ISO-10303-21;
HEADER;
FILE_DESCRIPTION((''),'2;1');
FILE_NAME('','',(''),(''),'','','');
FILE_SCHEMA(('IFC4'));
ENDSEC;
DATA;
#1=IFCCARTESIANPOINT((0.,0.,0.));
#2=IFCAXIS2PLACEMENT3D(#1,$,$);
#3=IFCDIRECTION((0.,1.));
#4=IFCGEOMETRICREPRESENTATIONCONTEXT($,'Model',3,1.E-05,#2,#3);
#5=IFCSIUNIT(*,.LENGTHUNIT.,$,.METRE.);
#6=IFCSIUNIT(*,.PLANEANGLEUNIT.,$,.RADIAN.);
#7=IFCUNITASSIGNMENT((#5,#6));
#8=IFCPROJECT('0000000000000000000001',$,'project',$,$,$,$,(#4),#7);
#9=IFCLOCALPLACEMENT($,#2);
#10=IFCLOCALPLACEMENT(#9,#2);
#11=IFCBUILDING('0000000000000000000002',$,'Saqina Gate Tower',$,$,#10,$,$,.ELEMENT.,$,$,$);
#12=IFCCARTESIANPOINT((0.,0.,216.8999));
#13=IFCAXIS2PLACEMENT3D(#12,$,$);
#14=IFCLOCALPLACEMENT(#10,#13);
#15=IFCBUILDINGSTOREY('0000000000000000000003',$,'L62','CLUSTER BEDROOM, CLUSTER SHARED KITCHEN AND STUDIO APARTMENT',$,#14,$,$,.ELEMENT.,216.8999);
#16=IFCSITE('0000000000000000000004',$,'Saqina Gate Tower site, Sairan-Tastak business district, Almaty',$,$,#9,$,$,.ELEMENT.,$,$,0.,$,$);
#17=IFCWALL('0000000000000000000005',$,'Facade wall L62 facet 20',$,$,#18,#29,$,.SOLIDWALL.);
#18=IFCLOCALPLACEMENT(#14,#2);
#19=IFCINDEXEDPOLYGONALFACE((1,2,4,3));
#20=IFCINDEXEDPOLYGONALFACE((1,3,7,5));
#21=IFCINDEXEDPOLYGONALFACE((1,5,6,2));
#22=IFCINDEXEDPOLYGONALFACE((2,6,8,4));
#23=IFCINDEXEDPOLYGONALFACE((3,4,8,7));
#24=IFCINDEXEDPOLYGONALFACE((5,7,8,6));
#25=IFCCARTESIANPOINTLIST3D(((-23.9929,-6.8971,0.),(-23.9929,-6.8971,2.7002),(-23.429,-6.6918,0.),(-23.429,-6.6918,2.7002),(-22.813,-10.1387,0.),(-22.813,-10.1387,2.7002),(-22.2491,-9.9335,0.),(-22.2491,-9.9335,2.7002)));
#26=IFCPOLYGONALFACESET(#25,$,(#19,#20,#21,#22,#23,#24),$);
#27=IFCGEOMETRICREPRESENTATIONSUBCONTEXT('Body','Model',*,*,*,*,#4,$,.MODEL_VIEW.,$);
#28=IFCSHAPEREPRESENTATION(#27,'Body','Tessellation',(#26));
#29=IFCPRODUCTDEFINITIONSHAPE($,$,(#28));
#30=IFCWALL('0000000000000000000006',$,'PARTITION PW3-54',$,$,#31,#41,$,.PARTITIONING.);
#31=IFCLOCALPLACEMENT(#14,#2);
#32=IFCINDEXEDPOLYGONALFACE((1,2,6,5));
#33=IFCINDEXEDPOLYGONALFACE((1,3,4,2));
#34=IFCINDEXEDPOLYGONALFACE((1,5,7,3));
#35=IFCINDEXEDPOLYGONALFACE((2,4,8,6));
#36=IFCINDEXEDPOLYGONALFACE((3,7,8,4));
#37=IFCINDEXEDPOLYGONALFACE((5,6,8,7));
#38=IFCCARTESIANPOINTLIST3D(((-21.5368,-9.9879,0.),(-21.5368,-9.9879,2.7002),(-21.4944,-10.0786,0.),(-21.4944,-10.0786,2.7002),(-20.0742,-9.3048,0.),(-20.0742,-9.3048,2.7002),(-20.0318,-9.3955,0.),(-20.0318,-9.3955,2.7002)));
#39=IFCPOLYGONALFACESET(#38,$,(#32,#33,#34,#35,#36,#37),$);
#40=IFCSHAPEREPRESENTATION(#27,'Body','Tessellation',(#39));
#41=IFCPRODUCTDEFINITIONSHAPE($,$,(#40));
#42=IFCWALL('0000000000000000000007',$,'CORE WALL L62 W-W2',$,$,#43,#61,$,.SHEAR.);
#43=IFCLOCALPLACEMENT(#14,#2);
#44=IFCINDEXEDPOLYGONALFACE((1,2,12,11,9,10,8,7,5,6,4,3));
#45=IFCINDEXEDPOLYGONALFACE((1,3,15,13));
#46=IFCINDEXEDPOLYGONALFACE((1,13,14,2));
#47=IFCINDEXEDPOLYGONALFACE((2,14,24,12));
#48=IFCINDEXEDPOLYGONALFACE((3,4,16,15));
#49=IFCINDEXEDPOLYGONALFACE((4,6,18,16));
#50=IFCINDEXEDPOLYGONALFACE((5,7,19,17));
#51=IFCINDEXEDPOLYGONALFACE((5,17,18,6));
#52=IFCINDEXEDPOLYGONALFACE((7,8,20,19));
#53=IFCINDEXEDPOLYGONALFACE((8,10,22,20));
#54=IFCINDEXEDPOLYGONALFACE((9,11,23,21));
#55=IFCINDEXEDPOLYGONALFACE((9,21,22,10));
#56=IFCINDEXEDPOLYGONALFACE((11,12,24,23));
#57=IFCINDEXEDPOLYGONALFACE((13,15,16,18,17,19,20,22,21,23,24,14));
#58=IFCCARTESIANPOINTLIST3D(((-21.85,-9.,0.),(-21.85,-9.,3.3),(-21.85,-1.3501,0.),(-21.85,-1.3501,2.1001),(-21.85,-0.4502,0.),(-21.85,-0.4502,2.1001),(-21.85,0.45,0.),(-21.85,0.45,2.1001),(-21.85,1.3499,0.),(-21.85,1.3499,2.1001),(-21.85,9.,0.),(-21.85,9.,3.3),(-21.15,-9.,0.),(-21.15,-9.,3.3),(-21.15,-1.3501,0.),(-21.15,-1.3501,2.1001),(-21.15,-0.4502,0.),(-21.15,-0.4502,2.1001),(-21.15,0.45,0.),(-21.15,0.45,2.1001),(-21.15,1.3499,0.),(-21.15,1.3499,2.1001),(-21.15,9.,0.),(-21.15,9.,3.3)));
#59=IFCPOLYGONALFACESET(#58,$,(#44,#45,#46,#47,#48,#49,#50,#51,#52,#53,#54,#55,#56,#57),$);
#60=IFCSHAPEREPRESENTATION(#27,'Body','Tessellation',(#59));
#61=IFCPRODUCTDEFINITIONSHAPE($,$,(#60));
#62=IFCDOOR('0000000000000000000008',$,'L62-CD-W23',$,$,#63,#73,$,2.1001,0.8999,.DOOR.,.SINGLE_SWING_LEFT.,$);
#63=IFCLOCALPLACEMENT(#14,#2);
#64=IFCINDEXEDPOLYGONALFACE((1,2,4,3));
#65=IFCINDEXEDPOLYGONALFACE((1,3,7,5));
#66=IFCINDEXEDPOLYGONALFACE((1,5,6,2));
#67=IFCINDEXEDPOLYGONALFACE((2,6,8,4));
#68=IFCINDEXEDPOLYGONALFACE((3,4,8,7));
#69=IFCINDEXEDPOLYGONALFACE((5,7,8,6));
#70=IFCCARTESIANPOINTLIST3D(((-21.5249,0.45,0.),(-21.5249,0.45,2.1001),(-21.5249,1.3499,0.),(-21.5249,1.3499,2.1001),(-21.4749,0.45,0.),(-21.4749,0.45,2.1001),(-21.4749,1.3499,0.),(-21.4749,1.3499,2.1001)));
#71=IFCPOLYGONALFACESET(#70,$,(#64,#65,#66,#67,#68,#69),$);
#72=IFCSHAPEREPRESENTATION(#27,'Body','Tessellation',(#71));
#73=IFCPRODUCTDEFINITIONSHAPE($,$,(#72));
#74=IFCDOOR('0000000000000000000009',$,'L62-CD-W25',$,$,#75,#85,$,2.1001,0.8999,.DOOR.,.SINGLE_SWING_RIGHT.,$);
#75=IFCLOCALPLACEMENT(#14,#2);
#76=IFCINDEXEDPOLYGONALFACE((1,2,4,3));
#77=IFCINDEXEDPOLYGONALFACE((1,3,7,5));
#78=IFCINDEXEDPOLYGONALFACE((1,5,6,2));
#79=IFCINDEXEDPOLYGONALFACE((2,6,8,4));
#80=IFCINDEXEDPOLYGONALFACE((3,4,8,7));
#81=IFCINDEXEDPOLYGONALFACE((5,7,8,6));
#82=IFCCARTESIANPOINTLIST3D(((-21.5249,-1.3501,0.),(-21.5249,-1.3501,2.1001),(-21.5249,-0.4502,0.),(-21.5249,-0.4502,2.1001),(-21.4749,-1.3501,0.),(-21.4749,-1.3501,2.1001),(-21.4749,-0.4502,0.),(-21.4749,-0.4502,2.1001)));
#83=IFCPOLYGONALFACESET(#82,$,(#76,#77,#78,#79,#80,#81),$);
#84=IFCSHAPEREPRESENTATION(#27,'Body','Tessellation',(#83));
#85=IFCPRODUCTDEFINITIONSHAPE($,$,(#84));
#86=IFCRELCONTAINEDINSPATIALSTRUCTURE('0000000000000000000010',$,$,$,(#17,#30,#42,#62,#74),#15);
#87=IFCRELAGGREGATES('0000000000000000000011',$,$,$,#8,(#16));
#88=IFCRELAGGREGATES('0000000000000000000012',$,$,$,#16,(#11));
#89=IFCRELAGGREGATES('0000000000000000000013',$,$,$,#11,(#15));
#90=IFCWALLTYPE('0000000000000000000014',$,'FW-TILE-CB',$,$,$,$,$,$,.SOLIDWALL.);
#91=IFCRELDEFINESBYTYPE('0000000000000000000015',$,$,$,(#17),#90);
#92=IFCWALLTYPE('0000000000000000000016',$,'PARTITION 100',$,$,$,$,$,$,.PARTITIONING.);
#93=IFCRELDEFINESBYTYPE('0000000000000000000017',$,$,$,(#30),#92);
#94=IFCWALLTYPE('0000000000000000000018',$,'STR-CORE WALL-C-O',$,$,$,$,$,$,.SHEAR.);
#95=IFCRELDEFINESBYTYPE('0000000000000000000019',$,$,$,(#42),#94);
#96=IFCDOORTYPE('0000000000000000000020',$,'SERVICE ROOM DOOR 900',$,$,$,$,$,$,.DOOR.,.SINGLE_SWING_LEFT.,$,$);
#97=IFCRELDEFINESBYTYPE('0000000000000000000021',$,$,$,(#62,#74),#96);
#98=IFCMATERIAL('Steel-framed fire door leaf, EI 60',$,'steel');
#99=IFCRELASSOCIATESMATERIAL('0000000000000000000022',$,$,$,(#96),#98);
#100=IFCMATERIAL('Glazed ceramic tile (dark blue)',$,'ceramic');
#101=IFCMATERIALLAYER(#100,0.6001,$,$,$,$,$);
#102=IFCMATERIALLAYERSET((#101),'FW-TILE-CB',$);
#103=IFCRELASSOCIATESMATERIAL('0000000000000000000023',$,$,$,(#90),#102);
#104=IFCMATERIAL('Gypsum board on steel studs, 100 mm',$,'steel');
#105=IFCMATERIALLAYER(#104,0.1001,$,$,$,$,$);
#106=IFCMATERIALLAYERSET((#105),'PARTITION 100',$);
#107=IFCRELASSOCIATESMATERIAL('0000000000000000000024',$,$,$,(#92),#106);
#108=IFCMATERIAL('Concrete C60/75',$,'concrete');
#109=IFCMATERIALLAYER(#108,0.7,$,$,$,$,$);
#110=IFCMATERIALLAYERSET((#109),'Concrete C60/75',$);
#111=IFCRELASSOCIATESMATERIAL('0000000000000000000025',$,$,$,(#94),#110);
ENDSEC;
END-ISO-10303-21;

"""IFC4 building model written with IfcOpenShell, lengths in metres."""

from ifc_helpers import new_model, si_unit, direction, frame, frame_2d, origin, place, context, subcontext, project, spatial, rectangle, extrude, material, layer, layer_set, type_object, element, fill, save


model = new_model("IFC4")

# Units and contexts
model_context = context("Model", 3, precision=1e-05, world=origin(), true_north=direction((0.0, 1.0)))
body_context = subcontext(model_context, "Body", "Model", "MODEL_VIEW")
ifc_project = project(units=[si_unit("LENGTHUNIT", "METRE"), si_unit("PLANEANGLEUNIT", "RADIAN")], contexts=[model_context])

# Site, building, storey
site_placement = place(None, origin())
site = spatial("IfcSite", under=ifc_project, at=site_placement, Name="Saqina Gate Tower site, Sairan-Tastak business district, Almaty", CompositionType="ELEMENT", RefElevation=0.0)
building_placement = place(site_placement, origin())
building = spatial("IfcBuilding", under=site, at=building_placement, Name="Saqina Gate Tower", CompositionType="ELEMENT")
storey_placement = place(building_placement, frame((0.0, 0.0, 216.8999)))
storey = spatial("IfcBuildingStorey", under=building, at=storey_placement, Name="L62", Description="CLUSTER BEDROOM, CLUSTER SHARED KITCHEN AND STUDIO APARTMENT", CompositionType="ELEMENT", Elevation=216.8999)

# Shared definitions
ifc_material_1 = material(Name="Steel-framed fire door leaf, EI 60", Category="steel")
door_type_1 = type_object("IfcDoorType", Name="SERVICE ROOM DOOR 900", OperationType="SINGLE_SWING_LEFT", PredefinedType="DOOR", material=ifc_material_1)

# Walls
ifc_material_2 = material(Name="Glazed ceramic tile (dark blue)", Category="ceramic")
ifc_layer_1 = layer(ifc_material_2, 0.6001)
ifc_layer_set_1 = layer_set([ifc_layer_1], Name="FW-TILE-CB")
wall_type_1 = type_object("IfcWallType", Name="FW-TILE-CB", PredefinedType="SOLIDWALL", material=ifc_layer_set_1)
wall_1_placement = place(storey_placement, frame((-23.7109, -6.7944, 0.0), z_axis=(0.0, 0.0, 1.0), x_axis=(0.342033, -0.939688, 0.0)))
element("IfcWall", 1, at=wall_1_placement, inside=storey, type_object=wall_type_1, Name="Facade wall L62 facet 20", PredefinedType="SOLIDWALL", context=body_context, shape_type="SweptSolid", body=[
    extrude(rectangle(XDim=3.4497, YDim=0.6001, at=frame_2d((1.7249, 0.0))), origin(), (0.0, 0.0, 1.0), 2.7002),
])
ifc_material_3 = material(Name="Gypsum board on steel studs, 100 mm", Category="steel")
ifc_layer_2 = layer(ifc_material_3, 0.1001)
ifc_layer_set_2 = layer_set([ifc_layer_2], Name="PARTITION 100")
wall_type_2 = type_object("IfcWallType", Name="PARTITION 100", PredefinedType="PARTITIONING", material=ifc_layer_set_2)
wall_2_placement = place(storey_placement, frame((-21.5156, -10.0332, 0.0), z_axis=(0.0, 0.0, 1.0), x_axis=(0.906056, 0.423159, 0.0)))
element("IfcWall", 2, at=wall_2_placement, inside=storey, type_object=wall_type_2, Name="PARTITION PW3-54", PredefinedType="PARTITIONING", context=body_context, shape_type="SweptSolid", body=[
    extrude(rectangle(XDim=1.6143, YDim=0.1001, at=frame_2d((0.8071, 0.0))), origin(), (0.0, 0.0, 1.0), 2.7002),
])

# Wall, openings, doors
ifc_material_4 = material(Name="Concrete C60/75", Category="concrete")
ifc_layer_3 = layer(ifc_material_4, 0.7)
ifc_layer_set_3 = layer_set([ifc_layer_3], Name="Concrete C60/75")
wall_type_3 = type_object("IfcWallType", Name="STR-CORE WALL-C-O", PredefinedType="SHEAR", material=ifc_layer_set_3)
wall_3_placement = place(storey_placement, frame((-21.5, -9.0, 0.0), z_axis=(0.0, 0.0, 1.0), x_axis=(0.0, 1.0, 0.0)))
wall_3 = element("IfcWall", 3, at=wall_3_placement, inside=storey, type_object=wall_type_3, Name="CORE WALL L62 W-W2", PredefinedType="SHEAR", context=body_context, shape_type="SweptSolid", body=[
    extrude(rectangle(XDim=18.0, YDim=0.7, at=frame_2d((9.0, 0.0))), origin(), (0.0, 0.0, 1.0), 3.3),
])
opening_1_placement = place(wall_3_placement, frame((9.45, 0.0, 0.0)))
opening_1 = element("IfcOpeningElement", 4, at=opening_1_placement, cuts=wall_3, PredefinedType="OPENING", context=body_context, shape_type="SweptSolid", body=[
    extrude(rectangle(XDim=0.8999, YDim=2.1001, at=frame_2d((0.45, 1.05))), frame((0.0, 0.3621, 0.0), z_axis=(0.0, -1.0, 0.0), x_axis=(1.0, 0.0, 0.0)), (0.0, 0.0, 1.0), 0.7239),
])
opening_2_placement = place(wall_3_placement, frame((7.6499, 0.0, 0.0)))
opening_2 = element("IfcOpeningElement", 5, at=opening_2_placement, cuts=wall_3, PredefinedType="OPENING", context=body_context, shape_type="SweptSolid", body=[
    extrude(rectangle(XDim=0.8999, YDim=2.1001, at=frame_2d((0.45, 1.05))), frame((0.0, 0.3621, 0.0), z_axis=(0.0, -1.0, 0.0), x_axis=(1.0, 0.0, 0.0)), (0.0, 0.0, 1.0), 0.7239),
])
door_1_placement = place(opening_1_placement, origin())
door_1 = element("IfcDoor", 6, at=door_1_placement, inside=storey, type_object=door_type_1, Name="L62-CD-W23", OperationType="SINGLE_SWING_LEFT", OverallHeight=2.1001, OverallWidth=0.8999, PredefinedType="DOOR", context=body_context, shape_type="SweptSolid", body=[
    extrude(rectangle(XDim=0.8999, YDim=2.1001, at=frame_2d((0.45, 1.05))), frame((0.0, 0.0249, 0.0), z_axis=(0.0, -1.0, 0.0), x_axis=(1.0, 0.0, 0.0)), (0.0, 0.0, 1.0), 0.05),
])
fill(opening_1, door_1)
door_2_placement = place(opening_2_placement, origin())
door_2 = element("IfcDoor", 7, at=door_2_placement, inside=storey, type_object=door_type_1, Name="L62-CD-W25", OperationType="SINGLE_SWING_RIGHT", OverallHeight=2.1001, OverallWidth=0.8999, PredefinedType="DOOR", context=body_context, shape_type="SweptSolid", body=[
    extrude(rectangle(XDim=0.8999, YDim=2.1001, at=frame_2d((0.45, 1.05))), frame((0.0, 0.0249, 0.0), z_axis=(0.0, -1.0, 0.0), x_axis=(1.0, 0.0, 0.0)), (0.0, 0.0, 1.0), 0.05),
])
fill(opening_2, door_2)

save(model, "model.ifc")
